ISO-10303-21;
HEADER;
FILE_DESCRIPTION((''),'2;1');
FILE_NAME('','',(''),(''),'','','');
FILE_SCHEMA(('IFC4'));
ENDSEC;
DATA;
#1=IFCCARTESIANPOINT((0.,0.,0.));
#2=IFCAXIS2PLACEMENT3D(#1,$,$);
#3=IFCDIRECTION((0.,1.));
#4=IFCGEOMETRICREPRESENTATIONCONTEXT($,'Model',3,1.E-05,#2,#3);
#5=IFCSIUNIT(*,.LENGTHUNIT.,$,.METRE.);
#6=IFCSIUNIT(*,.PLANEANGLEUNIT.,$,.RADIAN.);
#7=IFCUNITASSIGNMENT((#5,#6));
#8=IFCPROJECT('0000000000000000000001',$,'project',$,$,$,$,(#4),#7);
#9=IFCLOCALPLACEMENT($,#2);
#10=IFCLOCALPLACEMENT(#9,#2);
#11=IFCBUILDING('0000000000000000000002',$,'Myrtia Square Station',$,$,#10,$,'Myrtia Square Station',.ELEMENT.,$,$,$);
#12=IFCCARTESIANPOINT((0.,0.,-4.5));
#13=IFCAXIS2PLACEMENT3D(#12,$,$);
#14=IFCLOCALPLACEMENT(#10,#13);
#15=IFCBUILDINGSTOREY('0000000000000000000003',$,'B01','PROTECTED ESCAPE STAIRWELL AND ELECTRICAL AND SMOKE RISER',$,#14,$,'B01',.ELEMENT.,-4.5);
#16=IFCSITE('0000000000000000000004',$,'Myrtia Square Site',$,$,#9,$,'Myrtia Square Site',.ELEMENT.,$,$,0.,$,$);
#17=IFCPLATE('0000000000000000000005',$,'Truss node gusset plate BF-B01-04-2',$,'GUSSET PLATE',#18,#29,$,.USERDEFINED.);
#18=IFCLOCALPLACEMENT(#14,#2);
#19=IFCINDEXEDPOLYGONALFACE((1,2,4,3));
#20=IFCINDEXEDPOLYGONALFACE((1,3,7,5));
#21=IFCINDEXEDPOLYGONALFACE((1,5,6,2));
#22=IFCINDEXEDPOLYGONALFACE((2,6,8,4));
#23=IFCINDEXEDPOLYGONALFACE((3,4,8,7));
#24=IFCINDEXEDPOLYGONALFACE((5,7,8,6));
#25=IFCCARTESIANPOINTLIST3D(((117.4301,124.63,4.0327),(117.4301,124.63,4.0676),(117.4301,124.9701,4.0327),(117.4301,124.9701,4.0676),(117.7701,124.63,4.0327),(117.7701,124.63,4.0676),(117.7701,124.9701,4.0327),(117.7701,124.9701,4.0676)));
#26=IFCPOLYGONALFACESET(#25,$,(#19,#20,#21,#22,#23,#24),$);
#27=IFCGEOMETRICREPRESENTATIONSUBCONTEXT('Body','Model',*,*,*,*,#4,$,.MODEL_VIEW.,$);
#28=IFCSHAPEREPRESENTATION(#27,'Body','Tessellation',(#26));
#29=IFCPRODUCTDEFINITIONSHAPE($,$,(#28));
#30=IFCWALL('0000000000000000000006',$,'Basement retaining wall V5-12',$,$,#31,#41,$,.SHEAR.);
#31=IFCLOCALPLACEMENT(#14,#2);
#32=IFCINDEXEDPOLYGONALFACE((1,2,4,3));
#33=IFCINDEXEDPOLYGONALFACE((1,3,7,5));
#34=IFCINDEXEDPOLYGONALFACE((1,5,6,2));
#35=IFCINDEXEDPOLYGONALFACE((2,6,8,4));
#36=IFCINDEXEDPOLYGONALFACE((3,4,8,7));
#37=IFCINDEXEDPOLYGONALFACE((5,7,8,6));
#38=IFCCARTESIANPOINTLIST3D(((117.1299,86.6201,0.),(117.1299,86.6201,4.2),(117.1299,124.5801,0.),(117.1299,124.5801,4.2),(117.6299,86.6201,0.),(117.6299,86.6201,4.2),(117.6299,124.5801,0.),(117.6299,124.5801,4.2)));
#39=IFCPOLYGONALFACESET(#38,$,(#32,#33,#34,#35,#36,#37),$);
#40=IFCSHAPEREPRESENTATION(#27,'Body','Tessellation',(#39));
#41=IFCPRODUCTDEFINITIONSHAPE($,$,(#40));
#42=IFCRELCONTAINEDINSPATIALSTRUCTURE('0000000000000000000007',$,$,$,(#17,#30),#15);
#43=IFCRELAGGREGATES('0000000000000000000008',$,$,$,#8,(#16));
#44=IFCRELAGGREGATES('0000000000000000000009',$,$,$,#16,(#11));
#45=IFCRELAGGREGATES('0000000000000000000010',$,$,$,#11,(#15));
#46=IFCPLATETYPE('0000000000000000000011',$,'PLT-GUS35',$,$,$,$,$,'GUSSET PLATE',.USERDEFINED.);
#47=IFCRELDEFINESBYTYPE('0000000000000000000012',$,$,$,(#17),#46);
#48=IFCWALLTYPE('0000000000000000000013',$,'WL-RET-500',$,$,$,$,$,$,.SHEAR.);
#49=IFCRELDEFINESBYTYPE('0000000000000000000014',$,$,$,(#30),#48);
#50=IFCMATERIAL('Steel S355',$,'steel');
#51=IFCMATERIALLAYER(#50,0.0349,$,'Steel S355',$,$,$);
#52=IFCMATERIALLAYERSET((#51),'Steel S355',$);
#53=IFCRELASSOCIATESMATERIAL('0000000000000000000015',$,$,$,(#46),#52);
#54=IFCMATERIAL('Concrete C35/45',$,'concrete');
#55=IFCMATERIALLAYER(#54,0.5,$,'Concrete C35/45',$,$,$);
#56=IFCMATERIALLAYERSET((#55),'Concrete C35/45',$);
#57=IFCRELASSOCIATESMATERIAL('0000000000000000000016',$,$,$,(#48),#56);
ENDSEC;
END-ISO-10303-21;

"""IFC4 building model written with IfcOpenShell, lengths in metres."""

from ifc_helpers import new_model, si_unit, direction, frame, frame_2d, origin, origin_2d, place, context, subcontext, project, spatial, rectangle, extrude, material, layer, layer_set, type_object, element, save


model = new_model("IFC4")

# Units and contexts
model_context = context("Model", 3, precision=1e-05, world=origin(), true_north=direction((0.0, 1.0)))
body_context = subcontext(model_context, "Body", "Model", "MODEL_VIEW")
ifc_project = project(units=[si_unit("LENGTHUNIT", "METRE"), si_unit("PLANEANGLEUNIT", "RADIAN")], contexts=[model_context])

# Site, building, storey
site_placement = place(None, origin())
site = spatial("IfcSite", under=ifc_project, at=site_placement, Name="Myrtia Square Site", LongName="Myrtia Square Site", CompositionType="ELEMENT", RefElevation=0.0)
building_placement = place(site_placement, origin())
building = spatial("IfcBuilding", under=site, at=building_placement, Name="Myrtia Square Station", LongName="Myrtia Square Station", CompositionType="ELEMENT")
storey_placement = place(building_placement, frame((0.0, 0.0, -4.5)))
storey = spatial("IfcBuildingStorey", under=building, at=storey_placement, Name="B01", Description="PROTECTED ESCAPE STAIRWELL AND ELECTRICAL AND SMOKE RISER", LongName="B01", CompositionType="ELEMENT", Elevation=-4.5)

# Shared definitions
ifc_material_1 = material(Name="Concrete C35/45", Category="concrete")

# Shared definitions
ifc_material_2 = material(Name="Steel S355", Category="steel")

# Plate
ifc_layer_1 = layer(ifc_material_2, 0.0349, Name="Steel S355")
ifc_layer_set_1 = layer_set([ifc_layer_1], Name="Steel S355")
plate_type = type_object("IfcPlateType", Name="PLT-GUS35", ElementType="GUSSET PLATE", PredefinedType="USERDEFINED", material=ifc_layer_set_1)
plate_placement = place(storey_placement, frame((117.6001, 124.8, 4.0327), z_axis=(0.0, 0.0, 1.0), x_axis=(0.0, 1.0, 0.0)))
element("IfcPlate", 1, at=plate_placement, inside=storey, type_object=plate_type, Name="Truss node gusset plate BF-B01-04-2", ObjectType="GUSSET PLATE", PredefinedType="USERDEFINED", context=body_context, shape_type="SweptSolid", body=[
    extrude(rectangle(XDim=0.3401, YDim=0.3401, at=origin_2d()), origin(), (0.0, 0.0, 1.0), 0.0349),
])

# Wall
ifc_layer_2 = layer(ifc_material_1, 0.5, Name="Concrete C35/45")
ifc_layer_set_2 = layer_set([ifc_layer_2], Name="Concrete C35/45")
wall_type = type_object("IfcWallType", Name="WL-RET-500", PredefinedType="SHEAR", material=ifc_layer_set_2)
wall_placement = place(storey_placement, frame((117.3799, 124.5801, 0.0), z_axis=(0.0, 0.0, 1.0), x_axis=(0.0, -1.0, 0.0)))
element("IfcWall", 2, at=wall_placement, inside=storey, type_object=wall_type, Name="Basement retaining wall V5-12", PredefinedType="SHEAR", context=body_context, shape_type="SweptSolid", body=[
    extrude(rectangle(XDim=37.96, YDim=0.5, at=frame_2d((18.98, 0.0))), origin(), (0.0, 0.0, 1.0), 4.2),
])

save(model, "model.ifc")
